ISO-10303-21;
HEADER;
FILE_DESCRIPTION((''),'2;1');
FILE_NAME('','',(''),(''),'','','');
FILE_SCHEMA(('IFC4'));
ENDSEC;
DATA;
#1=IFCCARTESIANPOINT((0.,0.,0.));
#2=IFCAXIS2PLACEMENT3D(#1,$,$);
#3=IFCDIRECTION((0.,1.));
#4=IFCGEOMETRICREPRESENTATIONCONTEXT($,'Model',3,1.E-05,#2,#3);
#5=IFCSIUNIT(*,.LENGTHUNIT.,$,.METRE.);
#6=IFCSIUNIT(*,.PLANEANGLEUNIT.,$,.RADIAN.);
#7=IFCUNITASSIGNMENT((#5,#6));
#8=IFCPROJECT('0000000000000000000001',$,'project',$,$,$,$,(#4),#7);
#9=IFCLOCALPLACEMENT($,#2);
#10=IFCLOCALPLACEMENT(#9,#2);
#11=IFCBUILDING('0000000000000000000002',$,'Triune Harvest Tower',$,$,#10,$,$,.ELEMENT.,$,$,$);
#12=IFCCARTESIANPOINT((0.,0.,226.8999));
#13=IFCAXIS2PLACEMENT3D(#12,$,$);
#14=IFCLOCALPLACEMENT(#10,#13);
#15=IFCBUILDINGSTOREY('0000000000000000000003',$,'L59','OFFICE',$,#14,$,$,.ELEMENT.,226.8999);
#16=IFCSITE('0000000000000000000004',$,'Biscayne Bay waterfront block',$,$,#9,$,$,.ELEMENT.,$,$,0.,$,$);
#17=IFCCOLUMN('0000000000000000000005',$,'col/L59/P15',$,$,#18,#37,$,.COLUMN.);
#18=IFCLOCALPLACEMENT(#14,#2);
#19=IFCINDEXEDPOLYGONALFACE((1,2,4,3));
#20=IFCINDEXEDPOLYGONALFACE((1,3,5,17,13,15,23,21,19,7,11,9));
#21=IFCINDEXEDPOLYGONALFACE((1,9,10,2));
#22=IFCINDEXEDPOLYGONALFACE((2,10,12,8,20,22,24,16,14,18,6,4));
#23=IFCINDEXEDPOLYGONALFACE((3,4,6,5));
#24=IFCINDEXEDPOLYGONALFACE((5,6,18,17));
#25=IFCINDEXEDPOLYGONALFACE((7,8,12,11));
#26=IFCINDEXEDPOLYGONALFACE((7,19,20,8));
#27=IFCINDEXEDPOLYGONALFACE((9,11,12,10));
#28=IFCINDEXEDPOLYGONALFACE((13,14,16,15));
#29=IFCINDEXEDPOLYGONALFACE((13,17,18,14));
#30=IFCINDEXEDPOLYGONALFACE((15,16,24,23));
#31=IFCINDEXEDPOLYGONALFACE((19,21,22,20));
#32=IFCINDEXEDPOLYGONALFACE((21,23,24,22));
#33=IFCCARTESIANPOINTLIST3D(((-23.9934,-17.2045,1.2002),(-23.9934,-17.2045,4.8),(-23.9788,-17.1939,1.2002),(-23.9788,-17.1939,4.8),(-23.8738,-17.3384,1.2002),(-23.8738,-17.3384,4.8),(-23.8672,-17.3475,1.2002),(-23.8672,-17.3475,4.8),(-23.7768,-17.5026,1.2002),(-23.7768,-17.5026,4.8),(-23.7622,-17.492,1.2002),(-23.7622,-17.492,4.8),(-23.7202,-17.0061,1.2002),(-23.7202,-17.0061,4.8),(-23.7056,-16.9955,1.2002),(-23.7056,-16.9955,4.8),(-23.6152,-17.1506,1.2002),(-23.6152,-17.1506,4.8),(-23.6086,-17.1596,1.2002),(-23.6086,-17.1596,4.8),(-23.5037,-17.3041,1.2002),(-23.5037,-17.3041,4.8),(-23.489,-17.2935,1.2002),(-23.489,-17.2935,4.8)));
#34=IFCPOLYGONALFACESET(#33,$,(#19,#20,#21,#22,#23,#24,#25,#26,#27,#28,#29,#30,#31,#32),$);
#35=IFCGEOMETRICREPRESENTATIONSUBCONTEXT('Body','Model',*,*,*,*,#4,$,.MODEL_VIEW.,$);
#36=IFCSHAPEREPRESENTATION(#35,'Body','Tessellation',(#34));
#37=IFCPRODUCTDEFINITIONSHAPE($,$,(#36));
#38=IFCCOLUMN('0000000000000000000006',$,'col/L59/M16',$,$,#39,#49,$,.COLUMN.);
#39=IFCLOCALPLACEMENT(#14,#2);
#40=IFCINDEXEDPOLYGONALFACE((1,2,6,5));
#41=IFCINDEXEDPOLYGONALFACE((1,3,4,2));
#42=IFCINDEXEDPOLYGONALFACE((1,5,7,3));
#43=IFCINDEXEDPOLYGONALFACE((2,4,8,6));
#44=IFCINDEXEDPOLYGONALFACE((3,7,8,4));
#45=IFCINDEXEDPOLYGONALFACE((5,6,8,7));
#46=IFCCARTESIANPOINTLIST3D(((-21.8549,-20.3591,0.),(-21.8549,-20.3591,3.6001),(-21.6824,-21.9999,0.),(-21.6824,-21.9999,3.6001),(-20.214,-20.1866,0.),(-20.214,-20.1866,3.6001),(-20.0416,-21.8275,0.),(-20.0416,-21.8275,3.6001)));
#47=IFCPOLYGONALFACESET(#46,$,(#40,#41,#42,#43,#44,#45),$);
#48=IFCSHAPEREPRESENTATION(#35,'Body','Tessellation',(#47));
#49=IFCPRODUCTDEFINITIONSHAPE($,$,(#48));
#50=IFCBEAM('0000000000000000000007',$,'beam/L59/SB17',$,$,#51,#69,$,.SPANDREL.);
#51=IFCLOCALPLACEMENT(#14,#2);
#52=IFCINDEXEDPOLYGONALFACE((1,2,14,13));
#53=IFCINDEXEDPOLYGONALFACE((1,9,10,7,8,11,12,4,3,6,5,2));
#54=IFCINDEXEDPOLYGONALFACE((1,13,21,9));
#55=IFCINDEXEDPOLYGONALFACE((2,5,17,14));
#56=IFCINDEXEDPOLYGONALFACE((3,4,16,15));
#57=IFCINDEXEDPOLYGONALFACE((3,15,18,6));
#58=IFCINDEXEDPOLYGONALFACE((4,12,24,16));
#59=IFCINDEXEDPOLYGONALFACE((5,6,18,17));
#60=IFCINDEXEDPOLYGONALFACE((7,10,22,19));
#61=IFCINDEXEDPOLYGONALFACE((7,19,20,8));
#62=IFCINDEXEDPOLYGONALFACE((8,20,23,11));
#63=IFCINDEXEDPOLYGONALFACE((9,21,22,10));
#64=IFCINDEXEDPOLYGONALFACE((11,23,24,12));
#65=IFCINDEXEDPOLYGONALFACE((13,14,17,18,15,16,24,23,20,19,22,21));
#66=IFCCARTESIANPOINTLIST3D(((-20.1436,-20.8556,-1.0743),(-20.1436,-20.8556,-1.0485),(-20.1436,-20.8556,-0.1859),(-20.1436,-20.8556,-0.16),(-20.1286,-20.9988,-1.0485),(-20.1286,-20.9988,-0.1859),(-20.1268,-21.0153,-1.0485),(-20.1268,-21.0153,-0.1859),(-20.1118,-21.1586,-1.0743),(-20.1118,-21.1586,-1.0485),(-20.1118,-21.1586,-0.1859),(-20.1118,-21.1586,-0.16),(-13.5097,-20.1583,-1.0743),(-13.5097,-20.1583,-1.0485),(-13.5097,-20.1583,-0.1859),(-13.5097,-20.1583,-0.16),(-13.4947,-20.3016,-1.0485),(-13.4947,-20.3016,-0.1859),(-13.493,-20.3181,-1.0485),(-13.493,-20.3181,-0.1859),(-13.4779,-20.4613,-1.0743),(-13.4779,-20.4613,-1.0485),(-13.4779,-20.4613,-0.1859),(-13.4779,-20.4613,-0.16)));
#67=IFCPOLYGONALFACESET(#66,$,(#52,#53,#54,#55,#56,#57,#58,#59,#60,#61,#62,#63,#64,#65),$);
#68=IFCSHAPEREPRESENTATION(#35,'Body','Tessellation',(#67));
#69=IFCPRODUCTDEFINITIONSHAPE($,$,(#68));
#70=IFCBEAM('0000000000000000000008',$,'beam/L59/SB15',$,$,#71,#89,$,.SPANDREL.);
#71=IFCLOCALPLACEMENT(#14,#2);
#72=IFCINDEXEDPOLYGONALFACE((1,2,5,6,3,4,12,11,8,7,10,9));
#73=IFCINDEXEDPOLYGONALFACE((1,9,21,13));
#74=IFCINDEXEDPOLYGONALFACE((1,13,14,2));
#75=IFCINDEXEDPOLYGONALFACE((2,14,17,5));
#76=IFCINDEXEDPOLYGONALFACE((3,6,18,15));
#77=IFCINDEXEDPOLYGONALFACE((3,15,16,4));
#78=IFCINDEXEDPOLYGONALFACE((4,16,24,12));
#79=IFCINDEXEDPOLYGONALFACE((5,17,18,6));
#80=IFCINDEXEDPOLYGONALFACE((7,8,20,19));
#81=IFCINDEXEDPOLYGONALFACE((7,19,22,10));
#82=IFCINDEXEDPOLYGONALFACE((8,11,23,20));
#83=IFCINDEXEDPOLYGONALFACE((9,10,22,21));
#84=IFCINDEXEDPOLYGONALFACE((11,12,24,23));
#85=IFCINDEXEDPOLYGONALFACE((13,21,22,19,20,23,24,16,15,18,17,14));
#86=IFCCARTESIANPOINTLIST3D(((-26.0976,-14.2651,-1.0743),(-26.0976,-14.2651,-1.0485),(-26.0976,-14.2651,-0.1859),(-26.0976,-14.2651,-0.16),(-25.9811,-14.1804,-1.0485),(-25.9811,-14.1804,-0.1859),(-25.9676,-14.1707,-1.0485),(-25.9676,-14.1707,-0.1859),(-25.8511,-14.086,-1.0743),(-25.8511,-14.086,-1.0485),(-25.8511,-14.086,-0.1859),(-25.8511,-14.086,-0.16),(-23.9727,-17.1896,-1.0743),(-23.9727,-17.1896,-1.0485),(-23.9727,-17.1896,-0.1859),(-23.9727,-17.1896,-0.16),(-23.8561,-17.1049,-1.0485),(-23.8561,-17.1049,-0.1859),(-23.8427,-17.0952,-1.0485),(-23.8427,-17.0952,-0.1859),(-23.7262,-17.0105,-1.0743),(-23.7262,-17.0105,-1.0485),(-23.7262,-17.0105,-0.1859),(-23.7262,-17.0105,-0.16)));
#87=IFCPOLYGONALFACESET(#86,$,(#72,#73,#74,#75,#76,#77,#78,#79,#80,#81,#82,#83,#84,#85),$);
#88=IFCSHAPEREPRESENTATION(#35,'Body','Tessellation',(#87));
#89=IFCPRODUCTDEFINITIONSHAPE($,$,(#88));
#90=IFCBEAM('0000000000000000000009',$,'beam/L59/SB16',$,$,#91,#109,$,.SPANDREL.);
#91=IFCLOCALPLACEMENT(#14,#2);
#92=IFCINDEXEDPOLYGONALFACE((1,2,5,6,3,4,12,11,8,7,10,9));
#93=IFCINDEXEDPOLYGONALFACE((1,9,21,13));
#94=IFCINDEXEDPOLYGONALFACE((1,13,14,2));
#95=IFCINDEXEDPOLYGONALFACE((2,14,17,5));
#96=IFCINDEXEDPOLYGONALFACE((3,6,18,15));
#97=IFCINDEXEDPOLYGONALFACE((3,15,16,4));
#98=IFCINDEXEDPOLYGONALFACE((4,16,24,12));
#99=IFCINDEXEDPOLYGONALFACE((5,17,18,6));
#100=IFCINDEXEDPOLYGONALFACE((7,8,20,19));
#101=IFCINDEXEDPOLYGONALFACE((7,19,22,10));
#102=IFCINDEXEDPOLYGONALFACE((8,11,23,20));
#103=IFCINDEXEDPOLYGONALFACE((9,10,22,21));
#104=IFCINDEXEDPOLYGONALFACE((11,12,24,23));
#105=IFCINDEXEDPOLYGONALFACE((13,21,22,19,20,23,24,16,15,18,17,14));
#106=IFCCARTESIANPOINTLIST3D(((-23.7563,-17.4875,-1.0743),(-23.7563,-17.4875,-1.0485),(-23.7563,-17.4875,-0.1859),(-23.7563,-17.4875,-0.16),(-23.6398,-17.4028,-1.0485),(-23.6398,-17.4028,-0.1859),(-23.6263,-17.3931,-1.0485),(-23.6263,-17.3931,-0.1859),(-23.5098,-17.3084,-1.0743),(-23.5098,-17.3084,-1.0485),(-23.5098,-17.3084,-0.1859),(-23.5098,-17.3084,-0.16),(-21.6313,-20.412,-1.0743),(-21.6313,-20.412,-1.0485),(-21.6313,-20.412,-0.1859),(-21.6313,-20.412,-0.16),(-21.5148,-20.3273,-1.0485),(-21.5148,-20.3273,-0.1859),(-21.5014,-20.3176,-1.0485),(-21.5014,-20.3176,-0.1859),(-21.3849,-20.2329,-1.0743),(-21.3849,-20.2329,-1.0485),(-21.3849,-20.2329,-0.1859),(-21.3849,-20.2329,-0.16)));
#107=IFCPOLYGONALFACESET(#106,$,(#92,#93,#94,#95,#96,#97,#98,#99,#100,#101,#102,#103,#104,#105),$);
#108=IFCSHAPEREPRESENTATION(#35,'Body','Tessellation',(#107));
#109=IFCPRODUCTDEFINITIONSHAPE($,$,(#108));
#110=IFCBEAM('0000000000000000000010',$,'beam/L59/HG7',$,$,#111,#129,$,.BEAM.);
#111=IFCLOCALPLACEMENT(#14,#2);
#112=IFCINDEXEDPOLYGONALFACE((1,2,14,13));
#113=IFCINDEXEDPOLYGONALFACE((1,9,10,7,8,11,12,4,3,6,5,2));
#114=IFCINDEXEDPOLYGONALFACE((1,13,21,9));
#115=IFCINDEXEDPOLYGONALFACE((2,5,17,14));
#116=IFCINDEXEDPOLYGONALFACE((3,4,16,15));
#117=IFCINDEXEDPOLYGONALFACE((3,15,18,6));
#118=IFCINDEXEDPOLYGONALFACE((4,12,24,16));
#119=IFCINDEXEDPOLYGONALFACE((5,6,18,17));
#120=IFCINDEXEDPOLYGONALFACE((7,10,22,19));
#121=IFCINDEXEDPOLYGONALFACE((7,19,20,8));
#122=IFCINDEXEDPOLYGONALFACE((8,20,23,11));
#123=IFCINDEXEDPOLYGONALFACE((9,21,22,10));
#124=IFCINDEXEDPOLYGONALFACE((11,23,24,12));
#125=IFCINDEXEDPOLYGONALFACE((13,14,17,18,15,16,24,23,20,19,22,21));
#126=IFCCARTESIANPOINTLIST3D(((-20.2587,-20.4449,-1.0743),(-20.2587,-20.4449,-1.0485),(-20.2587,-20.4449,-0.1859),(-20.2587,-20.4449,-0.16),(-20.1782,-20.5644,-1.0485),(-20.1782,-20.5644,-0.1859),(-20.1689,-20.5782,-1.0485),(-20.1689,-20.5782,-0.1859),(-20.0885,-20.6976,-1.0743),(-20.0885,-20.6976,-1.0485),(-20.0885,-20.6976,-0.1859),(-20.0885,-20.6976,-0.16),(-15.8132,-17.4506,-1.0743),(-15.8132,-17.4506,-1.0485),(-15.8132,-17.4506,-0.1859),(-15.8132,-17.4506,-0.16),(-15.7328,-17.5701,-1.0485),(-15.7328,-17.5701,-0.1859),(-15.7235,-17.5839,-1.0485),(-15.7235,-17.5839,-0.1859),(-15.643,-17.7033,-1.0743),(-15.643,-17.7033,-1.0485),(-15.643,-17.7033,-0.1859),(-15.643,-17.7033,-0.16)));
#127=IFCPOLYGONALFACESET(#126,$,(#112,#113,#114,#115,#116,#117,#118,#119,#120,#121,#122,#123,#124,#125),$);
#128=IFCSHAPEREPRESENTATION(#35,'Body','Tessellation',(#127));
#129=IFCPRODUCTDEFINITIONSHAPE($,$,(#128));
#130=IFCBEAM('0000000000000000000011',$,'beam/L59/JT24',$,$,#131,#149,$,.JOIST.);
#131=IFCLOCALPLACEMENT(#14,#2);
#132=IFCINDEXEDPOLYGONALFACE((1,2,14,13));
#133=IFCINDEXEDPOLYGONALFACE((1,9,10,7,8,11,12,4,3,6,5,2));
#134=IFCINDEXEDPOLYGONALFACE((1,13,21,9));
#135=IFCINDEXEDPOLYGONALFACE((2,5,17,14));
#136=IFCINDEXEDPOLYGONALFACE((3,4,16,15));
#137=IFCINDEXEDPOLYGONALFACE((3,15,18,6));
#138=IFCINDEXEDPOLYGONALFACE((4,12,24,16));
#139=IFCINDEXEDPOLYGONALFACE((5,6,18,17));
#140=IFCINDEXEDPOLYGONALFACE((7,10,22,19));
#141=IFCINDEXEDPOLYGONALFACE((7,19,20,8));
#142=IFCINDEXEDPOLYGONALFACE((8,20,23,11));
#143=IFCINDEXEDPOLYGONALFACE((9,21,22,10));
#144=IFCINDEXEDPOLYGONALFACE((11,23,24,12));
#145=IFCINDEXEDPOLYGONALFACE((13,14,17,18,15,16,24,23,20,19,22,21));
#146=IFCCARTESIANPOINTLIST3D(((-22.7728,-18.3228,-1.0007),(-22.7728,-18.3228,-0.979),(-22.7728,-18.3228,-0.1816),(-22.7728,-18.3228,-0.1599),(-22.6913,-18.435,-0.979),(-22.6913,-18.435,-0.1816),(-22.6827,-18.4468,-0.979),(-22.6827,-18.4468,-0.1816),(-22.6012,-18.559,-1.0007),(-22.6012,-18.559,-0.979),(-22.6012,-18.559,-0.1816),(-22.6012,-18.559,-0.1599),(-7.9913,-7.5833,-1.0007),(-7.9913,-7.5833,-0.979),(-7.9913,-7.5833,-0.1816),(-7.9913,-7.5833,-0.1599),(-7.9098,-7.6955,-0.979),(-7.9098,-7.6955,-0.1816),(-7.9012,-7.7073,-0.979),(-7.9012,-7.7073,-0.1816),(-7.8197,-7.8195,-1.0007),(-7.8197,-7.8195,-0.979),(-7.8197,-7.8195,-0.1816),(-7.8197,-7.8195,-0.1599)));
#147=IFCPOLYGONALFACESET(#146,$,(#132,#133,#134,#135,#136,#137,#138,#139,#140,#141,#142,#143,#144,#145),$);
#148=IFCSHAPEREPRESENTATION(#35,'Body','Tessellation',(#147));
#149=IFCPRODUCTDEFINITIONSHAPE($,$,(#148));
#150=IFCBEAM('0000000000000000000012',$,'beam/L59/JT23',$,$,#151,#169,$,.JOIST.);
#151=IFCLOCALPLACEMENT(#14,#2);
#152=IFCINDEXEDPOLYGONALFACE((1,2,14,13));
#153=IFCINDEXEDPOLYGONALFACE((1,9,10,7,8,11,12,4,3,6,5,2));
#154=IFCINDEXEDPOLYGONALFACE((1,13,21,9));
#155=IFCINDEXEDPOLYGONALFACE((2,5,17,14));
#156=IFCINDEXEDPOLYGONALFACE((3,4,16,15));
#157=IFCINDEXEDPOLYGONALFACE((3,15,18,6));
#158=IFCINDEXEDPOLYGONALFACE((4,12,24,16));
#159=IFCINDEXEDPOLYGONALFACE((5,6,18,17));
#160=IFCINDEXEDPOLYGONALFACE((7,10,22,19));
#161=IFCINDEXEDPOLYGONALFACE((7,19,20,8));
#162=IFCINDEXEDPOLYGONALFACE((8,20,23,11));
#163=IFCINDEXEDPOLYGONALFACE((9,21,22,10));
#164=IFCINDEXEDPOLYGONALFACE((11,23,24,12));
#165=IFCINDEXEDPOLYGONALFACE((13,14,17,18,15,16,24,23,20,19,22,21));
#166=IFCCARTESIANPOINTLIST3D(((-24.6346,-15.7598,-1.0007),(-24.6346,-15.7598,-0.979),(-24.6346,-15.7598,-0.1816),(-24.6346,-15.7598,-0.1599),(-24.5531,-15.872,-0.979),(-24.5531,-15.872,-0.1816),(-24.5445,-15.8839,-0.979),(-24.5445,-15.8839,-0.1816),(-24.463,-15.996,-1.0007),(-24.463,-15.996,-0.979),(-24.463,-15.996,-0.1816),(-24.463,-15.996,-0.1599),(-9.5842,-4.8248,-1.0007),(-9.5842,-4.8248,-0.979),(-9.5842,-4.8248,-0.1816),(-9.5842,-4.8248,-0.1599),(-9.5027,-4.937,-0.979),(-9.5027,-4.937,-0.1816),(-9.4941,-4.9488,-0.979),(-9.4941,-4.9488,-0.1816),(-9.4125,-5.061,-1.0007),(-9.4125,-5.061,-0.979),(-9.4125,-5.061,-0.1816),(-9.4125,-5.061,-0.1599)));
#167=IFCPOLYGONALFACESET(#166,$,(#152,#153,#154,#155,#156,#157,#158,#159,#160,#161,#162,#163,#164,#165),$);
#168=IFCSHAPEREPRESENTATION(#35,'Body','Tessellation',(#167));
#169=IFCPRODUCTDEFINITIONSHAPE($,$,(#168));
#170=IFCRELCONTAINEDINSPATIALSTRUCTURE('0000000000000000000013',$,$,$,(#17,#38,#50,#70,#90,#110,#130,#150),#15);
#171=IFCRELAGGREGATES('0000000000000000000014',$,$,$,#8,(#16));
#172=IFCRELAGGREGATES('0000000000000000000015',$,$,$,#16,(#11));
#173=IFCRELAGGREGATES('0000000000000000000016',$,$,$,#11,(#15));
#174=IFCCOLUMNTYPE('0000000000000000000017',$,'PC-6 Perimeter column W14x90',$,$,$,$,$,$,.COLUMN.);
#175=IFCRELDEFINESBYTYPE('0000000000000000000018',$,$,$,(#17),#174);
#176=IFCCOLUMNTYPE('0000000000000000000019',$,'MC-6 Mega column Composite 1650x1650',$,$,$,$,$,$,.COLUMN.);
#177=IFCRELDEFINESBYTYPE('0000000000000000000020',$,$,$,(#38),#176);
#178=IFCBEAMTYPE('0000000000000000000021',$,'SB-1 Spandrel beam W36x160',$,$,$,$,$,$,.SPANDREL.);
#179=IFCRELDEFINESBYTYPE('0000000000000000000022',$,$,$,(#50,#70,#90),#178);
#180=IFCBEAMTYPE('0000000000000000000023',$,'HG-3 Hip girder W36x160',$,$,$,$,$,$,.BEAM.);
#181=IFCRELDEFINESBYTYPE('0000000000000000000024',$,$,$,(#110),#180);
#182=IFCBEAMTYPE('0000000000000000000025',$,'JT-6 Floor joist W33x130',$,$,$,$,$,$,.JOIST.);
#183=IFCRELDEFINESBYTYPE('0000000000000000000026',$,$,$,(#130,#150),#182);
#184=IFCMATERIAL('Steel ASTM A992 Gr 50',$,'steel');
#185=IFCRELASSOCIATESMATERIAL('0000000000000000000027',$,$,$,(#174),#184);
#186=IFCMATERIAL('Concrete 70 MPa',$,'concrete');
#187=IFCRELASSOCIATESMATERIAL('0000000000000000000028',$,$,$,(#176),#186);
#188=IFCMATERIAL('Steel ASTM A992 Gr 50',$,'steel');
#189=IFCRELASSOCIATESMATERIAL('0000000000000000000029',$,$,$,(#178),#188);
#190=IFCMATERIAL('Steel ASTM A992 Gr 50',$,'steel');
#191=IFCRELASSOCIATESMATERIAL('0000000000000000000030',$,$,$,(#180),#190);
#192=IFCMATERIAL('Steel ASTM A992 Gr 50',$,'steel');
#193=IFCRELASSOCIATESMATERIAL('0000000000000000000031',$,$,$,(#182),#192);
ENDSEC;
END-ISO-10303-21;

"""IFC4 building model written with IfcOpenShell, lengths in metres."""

from ifc_helpers import new_model, si_unit, direction, frame, origin, origin_2d, place, context, subcontext, project, spatial, rectangle, i_section, extrude, source, transform, mapped, material, material_profile, profile_set, type_object, element, save


model = new_model("IFC4")

# Units and contexts
model_context = context("Model", 3, precision=1e-05, world=origin(), true_north=direction((0.0, 1.0)))
body_context = subcontext(model_context, "Body", "Model", "MODEL_VIEW")
ifc_project = project(units=[si_unit("LENGTHUNIT", "METRE"), si_unit("PLANEANGLEUNIT", "RADIAN")], contexts=[model_context])

# Site, building, storey
site_placement = place(None, origin())
site = spatial("IfcSite", under=ifc_project, at=site_placement, Name="Biscayne Bay waterfront block", CompositionType="ELEMENT", RefElevation=0.0)
building_placement = place(site_placement, origin())
building = spatial("IfcBuilding", under=site, at=building_placement, Name="Triune Harvest Tower", CompositionType="ELEMENT")
storey_placement = place(building_placement, frame((0.0, 0.0, 226.8999)))
storey = spatial("IfcBuildingStorey", under=building, at=storey_placement, Name="L59", Description="OFFICE", CompositionType="ELEMENT", Elevation=226.8999)

# Columns
ifc_material_1 = material(Name="Steel ASTM A992 Gr 50", Category="steel")
ifc_material_profile_1 = material_profile(ifc_material_1, i_section(OverallWidth=0.3684, OverallDepth=0.3557, WebThickness=0.0112, FlangeThickness=0.0181, at=origin_2d()), Name="W14x90")
ifc_profile_set_1 = profile_set([ifc_material_profile_1], Name="Steel ASTM A992 Gr 50")
column_type_1 = type_object("IfcColumnType", Name="PC-6 Perimeter column W14x90", PredefinedType="COLUMN", material=ifc_profile_set_1)
shared_shape_1 = source(origin(), body_context, "Body", "SweptSolid", [
    extrude(i_section(OverallWidth=0.3684, OverallDepth=0.3557, WebThickness=0.0112, FlangeThickness=0.0181, at=origin_2d()), origin(), (0.0, 0.0, 1.0), 3.5999),
])
column_1_placement = place(storey_placement, frame((-23.7412, -17.249, 1.2002), z_axis=(0.0, 0.0, 1.0), x_axis=(0.587785, -0.809017, 0.0)))
element("IfcColumn", 1, at=column_1_placement, inside=storey, type_object=column_type_1, Name="col/L59/P15", PredefinedType="COLUMN", context=body_context, shape_type="MappedRepresentation", body=[
    mapped(shared_shape_1, transform((0.0, 0.0, 0.0), scale=1.0)),
])
ifc_material_2 = material(Name="Concrete 70 MPa", Category="concrete")
ifc_material_profile_2 = material_profile(ifc_material_2, rectangle(XDim=1.6499, YDim=1.6499, at=origin_2d()), Name="Composite 1650x1650")
ifc_profile_set_2 = profile_set([ifc_material_profile_2], Name="Concrete 70 MPa")
column_type_2 = type_object("IfcColumnType", Name="MC-6 Mega column Composite 1650x1650", PredefinedType="COLUMN", material=ifc_profile_set_2)
shared_shape_2 = source(origin(), body_context, "Body", "SweptSolid", [
    extrude(rectangle(XDim=1.6499, YDim=1.6499, at=origin_2d()), origin(), (0.0, 0.0, 1.0), 3.6001),
])
column_2_placement = place(storey_placement, frame((-20.9482, -21.0933, 0.0), z_axis=(0.0, 0.0, 1.0), x_axis=(0.994522, 0.10453, 0.0)))
element("IfcColumn", 2, at=column_2_placement, inside=storey, type_object=column_type_2, Name="col/L59/M16", PredefinedType="COLUMN", context=body_context, shape_type="MappedRepresentation", body=[
    mapped(shared_shape_2, transform((0.0, 0.0, 0.0), scale=1.0)),
])

# Beams
ifc_material_3 = material(Name="Steel ASTM A992 Gr 50", Category="steel")
ifc_material_profile_3 = material_profile(ifc_material_3, i_section(OverallWidth=0.3047, OverallDepth=0.9143, WebThickness=0.0166, FlangeThickness=0.0259, at=origin_2d()), Name="W36x160")
ifc_profile_set_3 = profile_set([ifc_material_profile_3], Name="Steel ASTM A992 Gr 50")
beam_type_1 = type_object("IfcBeamType", Name="SB-1 Spandrel beam W36x160", PredefinedType="SPANDREL", material=ifc_profile_set_3)
shared_shape_3 = source(origin(), body_context, "Body", "SweptSolid", [
    extrude(i_section(OverallWidth=0.3047, OverallDepth=0.9143, WebThickness=0.0166, FlangeThickness=0.0259, at=origin_2d()), origin(), (0.0, 0.0, 1.0), 6.6704),
])
beam_1_placement = place(storey_placement, frame((-20.1277, -21.0071, -0.6172), z_axis=(0.994521, 0.104532, 0.0), x_axis=(-0.104532, 0.994521, 0.0)))
element("IfcBeam", 3, at=beam_1_placement, inside=storey, type_object=beam_type_1, Name="beam/L59/SB17", PredefinedType="SPANDREL", context=body_context, shape_type="MappedRepresentation", body=[
    mapped(shared_shape_3, transform((0.0, 0.0, 0.0), scale=1.0)),
])
shared_shape_4 = source(origin(), body_context, "Body", "SweptSolid", [
    extrude(i_section(OverallWidth=0.3047, OverallDepth=0.9143, WebThickness=0.0166, FlangeThickness=0.0259, at=origin_2d()), origin(), (0.0, 0.0, 1.0), 3.615),
])
for number, where, z_axis, x_axis, name in (
    (4, (-25.9744, -14.1755, -0.6172), (0.587818, -0.808993, 0.0), (0.808993, 0.587818, 0.0), "beam/L59/SB15"),
    (5, (-23.6331, -17.3979, -0.6172), (0.587818, -0.808993, 0.0), (0.808993, 0.587818, 0.0), "beam/L59/SB16"),
):
    element("IfcBeam", number, at=place(storey_placement, frame(where, z_axis=z_axis, x_axis=x_axis)), inside=storey, type_object=beam_type_1, Name=name, PredefinedType="SPANDREL", context=body_context, shape_type="MappedRepresentation", body=[
        mapped(shared_shape_4, transform((0.0, 0.0, 0.0), scale=1.0)),
    ])
ifc_material_4 = material(Name="Steel ASTM A992 Gr 50", Category="steel")
ifc_material_profile_4 = material_profile(ifc_material_4, i_section(OverallWidth=0.3047, OverallDepth=0.9143, WebThickness=0.0166, FlangeThickness=0.0259, at=origin_2d()), Name="W36x160")
ifc_profile_set_4 = profile_set([ifc_material_profile_4], Name="Steel ASTM A992 Gr 50")
beam_type_2 = type_object("IfcBeamType", Name="HG-3 Hip girder W36x160", PredefinedType="BEAM", material=ifc_profile_set_4)
shared_shape_5 = source(origin(), body_context, "Body", "SweptSolid", [
    extrude(i_section(OverallWidth=0.3047, OverallDepth=0.9143, WebThickness=0.0166, FlangeThickness=0.0259, at=origin_2d()), origin(), (0.0, 0.0, 1.0), 5.3599),
])
beam_2_placement = place(storey_placement, frame((-20.1736, -20.5713, -0.6172), z_axis=(0.829399, 0.558657, 0.0), x_axis=(-0.558657, 0.829399, 0.0)))
element("IfcBeam", 6, at=beam_2_placement, inside=storey, type_object=beam_type_2, Name="beam/L59/HG7", PredefinedType="BEAM", context=body_context, shape_type="MappedRepresentation", body=[
    mapped(shared_shape_5, transform((0.0, 0.0, 0.0), scale=1.0)),
])
ifc_material_5 = material(Name="Steel ASTM A992 Gr 50", Category="steel")
ifc_material_profile_5 = material_profile(ifc_material_5, i_section(OverallWidth=0.292, OverallDepth=0.8408, WebThickness=0.0146, FlangeThickness=0.0217, at=origin_2d()), Name="W33x130")
ifc_profile_set_5 = profile_set([ifc_material_profile_5], Name="Steel ASTM A992 Gr 50")
beam_type_3 = type_object("IfcBeamType", Name="JT-6 Floor joist W33x130", PredefinedType="JOIST", material=ifc_profile_set_5)
shared_shape_6 = source(origin(), body_context, "Body", "SweptSolid", [
    extrude(i_section(OverallWidth=0.292, OverallDepth=0.8408, WebThickness=0.0146, FlangeThickness=0.0217, at=origin_2d()), origin(), (0.0, 0.0, 1.0), 18.271),
])
beam_3_placement = place(storey_placement, frame((-22.687, -18.4409, -0.5803), z_axis=(0.809014, 0.587789, 0.0), x_axis=(-0.587789, 0.809014, 0.0)))
element("IfcBeam", 7, at=beam_3_placement, inside=storey, type_object=beam_type_3, Name="beam/L59/JT24", PredefinedType="JOIST", context=body_context, shape_type="MappedRepresentation", body=[
    mapped(shared_shape_6, transform((0.0, 0.0, 0.0), scale=1.0)),
])
shared_shape_7 = source(origin(), body_context, "Body", "SweptSolid", [
    extrude(i_section(OverallWidth=0.292, OverallDepth=0.8408, WebThickness=0.0146, FlangeThickness=0.0217, at=origin_2d()), origin(), (0.0, 0.0, 1.0), 18.6035),
])
beam_4_placement = place(storey_placement, frame((-24.5488, -15.8779, -0.5803), z_axis=(0.809012, 0.587792, 0.0), x_axis=(-0.587792, 0.809012, 0.0)))
element("IfcBeam", 8, at=beam_4_placement, inside=storey, type_object=beam_type_3, Name="beam/L59/JT23", PredefinedType="JOIST", context=body_context, shape_type="MappedRepresentation", body=[
    mapped(shared_shape_7, transform((0.0, 0.0, 0.0), scale=1.0)),
])

save(model, "model.ifc")
